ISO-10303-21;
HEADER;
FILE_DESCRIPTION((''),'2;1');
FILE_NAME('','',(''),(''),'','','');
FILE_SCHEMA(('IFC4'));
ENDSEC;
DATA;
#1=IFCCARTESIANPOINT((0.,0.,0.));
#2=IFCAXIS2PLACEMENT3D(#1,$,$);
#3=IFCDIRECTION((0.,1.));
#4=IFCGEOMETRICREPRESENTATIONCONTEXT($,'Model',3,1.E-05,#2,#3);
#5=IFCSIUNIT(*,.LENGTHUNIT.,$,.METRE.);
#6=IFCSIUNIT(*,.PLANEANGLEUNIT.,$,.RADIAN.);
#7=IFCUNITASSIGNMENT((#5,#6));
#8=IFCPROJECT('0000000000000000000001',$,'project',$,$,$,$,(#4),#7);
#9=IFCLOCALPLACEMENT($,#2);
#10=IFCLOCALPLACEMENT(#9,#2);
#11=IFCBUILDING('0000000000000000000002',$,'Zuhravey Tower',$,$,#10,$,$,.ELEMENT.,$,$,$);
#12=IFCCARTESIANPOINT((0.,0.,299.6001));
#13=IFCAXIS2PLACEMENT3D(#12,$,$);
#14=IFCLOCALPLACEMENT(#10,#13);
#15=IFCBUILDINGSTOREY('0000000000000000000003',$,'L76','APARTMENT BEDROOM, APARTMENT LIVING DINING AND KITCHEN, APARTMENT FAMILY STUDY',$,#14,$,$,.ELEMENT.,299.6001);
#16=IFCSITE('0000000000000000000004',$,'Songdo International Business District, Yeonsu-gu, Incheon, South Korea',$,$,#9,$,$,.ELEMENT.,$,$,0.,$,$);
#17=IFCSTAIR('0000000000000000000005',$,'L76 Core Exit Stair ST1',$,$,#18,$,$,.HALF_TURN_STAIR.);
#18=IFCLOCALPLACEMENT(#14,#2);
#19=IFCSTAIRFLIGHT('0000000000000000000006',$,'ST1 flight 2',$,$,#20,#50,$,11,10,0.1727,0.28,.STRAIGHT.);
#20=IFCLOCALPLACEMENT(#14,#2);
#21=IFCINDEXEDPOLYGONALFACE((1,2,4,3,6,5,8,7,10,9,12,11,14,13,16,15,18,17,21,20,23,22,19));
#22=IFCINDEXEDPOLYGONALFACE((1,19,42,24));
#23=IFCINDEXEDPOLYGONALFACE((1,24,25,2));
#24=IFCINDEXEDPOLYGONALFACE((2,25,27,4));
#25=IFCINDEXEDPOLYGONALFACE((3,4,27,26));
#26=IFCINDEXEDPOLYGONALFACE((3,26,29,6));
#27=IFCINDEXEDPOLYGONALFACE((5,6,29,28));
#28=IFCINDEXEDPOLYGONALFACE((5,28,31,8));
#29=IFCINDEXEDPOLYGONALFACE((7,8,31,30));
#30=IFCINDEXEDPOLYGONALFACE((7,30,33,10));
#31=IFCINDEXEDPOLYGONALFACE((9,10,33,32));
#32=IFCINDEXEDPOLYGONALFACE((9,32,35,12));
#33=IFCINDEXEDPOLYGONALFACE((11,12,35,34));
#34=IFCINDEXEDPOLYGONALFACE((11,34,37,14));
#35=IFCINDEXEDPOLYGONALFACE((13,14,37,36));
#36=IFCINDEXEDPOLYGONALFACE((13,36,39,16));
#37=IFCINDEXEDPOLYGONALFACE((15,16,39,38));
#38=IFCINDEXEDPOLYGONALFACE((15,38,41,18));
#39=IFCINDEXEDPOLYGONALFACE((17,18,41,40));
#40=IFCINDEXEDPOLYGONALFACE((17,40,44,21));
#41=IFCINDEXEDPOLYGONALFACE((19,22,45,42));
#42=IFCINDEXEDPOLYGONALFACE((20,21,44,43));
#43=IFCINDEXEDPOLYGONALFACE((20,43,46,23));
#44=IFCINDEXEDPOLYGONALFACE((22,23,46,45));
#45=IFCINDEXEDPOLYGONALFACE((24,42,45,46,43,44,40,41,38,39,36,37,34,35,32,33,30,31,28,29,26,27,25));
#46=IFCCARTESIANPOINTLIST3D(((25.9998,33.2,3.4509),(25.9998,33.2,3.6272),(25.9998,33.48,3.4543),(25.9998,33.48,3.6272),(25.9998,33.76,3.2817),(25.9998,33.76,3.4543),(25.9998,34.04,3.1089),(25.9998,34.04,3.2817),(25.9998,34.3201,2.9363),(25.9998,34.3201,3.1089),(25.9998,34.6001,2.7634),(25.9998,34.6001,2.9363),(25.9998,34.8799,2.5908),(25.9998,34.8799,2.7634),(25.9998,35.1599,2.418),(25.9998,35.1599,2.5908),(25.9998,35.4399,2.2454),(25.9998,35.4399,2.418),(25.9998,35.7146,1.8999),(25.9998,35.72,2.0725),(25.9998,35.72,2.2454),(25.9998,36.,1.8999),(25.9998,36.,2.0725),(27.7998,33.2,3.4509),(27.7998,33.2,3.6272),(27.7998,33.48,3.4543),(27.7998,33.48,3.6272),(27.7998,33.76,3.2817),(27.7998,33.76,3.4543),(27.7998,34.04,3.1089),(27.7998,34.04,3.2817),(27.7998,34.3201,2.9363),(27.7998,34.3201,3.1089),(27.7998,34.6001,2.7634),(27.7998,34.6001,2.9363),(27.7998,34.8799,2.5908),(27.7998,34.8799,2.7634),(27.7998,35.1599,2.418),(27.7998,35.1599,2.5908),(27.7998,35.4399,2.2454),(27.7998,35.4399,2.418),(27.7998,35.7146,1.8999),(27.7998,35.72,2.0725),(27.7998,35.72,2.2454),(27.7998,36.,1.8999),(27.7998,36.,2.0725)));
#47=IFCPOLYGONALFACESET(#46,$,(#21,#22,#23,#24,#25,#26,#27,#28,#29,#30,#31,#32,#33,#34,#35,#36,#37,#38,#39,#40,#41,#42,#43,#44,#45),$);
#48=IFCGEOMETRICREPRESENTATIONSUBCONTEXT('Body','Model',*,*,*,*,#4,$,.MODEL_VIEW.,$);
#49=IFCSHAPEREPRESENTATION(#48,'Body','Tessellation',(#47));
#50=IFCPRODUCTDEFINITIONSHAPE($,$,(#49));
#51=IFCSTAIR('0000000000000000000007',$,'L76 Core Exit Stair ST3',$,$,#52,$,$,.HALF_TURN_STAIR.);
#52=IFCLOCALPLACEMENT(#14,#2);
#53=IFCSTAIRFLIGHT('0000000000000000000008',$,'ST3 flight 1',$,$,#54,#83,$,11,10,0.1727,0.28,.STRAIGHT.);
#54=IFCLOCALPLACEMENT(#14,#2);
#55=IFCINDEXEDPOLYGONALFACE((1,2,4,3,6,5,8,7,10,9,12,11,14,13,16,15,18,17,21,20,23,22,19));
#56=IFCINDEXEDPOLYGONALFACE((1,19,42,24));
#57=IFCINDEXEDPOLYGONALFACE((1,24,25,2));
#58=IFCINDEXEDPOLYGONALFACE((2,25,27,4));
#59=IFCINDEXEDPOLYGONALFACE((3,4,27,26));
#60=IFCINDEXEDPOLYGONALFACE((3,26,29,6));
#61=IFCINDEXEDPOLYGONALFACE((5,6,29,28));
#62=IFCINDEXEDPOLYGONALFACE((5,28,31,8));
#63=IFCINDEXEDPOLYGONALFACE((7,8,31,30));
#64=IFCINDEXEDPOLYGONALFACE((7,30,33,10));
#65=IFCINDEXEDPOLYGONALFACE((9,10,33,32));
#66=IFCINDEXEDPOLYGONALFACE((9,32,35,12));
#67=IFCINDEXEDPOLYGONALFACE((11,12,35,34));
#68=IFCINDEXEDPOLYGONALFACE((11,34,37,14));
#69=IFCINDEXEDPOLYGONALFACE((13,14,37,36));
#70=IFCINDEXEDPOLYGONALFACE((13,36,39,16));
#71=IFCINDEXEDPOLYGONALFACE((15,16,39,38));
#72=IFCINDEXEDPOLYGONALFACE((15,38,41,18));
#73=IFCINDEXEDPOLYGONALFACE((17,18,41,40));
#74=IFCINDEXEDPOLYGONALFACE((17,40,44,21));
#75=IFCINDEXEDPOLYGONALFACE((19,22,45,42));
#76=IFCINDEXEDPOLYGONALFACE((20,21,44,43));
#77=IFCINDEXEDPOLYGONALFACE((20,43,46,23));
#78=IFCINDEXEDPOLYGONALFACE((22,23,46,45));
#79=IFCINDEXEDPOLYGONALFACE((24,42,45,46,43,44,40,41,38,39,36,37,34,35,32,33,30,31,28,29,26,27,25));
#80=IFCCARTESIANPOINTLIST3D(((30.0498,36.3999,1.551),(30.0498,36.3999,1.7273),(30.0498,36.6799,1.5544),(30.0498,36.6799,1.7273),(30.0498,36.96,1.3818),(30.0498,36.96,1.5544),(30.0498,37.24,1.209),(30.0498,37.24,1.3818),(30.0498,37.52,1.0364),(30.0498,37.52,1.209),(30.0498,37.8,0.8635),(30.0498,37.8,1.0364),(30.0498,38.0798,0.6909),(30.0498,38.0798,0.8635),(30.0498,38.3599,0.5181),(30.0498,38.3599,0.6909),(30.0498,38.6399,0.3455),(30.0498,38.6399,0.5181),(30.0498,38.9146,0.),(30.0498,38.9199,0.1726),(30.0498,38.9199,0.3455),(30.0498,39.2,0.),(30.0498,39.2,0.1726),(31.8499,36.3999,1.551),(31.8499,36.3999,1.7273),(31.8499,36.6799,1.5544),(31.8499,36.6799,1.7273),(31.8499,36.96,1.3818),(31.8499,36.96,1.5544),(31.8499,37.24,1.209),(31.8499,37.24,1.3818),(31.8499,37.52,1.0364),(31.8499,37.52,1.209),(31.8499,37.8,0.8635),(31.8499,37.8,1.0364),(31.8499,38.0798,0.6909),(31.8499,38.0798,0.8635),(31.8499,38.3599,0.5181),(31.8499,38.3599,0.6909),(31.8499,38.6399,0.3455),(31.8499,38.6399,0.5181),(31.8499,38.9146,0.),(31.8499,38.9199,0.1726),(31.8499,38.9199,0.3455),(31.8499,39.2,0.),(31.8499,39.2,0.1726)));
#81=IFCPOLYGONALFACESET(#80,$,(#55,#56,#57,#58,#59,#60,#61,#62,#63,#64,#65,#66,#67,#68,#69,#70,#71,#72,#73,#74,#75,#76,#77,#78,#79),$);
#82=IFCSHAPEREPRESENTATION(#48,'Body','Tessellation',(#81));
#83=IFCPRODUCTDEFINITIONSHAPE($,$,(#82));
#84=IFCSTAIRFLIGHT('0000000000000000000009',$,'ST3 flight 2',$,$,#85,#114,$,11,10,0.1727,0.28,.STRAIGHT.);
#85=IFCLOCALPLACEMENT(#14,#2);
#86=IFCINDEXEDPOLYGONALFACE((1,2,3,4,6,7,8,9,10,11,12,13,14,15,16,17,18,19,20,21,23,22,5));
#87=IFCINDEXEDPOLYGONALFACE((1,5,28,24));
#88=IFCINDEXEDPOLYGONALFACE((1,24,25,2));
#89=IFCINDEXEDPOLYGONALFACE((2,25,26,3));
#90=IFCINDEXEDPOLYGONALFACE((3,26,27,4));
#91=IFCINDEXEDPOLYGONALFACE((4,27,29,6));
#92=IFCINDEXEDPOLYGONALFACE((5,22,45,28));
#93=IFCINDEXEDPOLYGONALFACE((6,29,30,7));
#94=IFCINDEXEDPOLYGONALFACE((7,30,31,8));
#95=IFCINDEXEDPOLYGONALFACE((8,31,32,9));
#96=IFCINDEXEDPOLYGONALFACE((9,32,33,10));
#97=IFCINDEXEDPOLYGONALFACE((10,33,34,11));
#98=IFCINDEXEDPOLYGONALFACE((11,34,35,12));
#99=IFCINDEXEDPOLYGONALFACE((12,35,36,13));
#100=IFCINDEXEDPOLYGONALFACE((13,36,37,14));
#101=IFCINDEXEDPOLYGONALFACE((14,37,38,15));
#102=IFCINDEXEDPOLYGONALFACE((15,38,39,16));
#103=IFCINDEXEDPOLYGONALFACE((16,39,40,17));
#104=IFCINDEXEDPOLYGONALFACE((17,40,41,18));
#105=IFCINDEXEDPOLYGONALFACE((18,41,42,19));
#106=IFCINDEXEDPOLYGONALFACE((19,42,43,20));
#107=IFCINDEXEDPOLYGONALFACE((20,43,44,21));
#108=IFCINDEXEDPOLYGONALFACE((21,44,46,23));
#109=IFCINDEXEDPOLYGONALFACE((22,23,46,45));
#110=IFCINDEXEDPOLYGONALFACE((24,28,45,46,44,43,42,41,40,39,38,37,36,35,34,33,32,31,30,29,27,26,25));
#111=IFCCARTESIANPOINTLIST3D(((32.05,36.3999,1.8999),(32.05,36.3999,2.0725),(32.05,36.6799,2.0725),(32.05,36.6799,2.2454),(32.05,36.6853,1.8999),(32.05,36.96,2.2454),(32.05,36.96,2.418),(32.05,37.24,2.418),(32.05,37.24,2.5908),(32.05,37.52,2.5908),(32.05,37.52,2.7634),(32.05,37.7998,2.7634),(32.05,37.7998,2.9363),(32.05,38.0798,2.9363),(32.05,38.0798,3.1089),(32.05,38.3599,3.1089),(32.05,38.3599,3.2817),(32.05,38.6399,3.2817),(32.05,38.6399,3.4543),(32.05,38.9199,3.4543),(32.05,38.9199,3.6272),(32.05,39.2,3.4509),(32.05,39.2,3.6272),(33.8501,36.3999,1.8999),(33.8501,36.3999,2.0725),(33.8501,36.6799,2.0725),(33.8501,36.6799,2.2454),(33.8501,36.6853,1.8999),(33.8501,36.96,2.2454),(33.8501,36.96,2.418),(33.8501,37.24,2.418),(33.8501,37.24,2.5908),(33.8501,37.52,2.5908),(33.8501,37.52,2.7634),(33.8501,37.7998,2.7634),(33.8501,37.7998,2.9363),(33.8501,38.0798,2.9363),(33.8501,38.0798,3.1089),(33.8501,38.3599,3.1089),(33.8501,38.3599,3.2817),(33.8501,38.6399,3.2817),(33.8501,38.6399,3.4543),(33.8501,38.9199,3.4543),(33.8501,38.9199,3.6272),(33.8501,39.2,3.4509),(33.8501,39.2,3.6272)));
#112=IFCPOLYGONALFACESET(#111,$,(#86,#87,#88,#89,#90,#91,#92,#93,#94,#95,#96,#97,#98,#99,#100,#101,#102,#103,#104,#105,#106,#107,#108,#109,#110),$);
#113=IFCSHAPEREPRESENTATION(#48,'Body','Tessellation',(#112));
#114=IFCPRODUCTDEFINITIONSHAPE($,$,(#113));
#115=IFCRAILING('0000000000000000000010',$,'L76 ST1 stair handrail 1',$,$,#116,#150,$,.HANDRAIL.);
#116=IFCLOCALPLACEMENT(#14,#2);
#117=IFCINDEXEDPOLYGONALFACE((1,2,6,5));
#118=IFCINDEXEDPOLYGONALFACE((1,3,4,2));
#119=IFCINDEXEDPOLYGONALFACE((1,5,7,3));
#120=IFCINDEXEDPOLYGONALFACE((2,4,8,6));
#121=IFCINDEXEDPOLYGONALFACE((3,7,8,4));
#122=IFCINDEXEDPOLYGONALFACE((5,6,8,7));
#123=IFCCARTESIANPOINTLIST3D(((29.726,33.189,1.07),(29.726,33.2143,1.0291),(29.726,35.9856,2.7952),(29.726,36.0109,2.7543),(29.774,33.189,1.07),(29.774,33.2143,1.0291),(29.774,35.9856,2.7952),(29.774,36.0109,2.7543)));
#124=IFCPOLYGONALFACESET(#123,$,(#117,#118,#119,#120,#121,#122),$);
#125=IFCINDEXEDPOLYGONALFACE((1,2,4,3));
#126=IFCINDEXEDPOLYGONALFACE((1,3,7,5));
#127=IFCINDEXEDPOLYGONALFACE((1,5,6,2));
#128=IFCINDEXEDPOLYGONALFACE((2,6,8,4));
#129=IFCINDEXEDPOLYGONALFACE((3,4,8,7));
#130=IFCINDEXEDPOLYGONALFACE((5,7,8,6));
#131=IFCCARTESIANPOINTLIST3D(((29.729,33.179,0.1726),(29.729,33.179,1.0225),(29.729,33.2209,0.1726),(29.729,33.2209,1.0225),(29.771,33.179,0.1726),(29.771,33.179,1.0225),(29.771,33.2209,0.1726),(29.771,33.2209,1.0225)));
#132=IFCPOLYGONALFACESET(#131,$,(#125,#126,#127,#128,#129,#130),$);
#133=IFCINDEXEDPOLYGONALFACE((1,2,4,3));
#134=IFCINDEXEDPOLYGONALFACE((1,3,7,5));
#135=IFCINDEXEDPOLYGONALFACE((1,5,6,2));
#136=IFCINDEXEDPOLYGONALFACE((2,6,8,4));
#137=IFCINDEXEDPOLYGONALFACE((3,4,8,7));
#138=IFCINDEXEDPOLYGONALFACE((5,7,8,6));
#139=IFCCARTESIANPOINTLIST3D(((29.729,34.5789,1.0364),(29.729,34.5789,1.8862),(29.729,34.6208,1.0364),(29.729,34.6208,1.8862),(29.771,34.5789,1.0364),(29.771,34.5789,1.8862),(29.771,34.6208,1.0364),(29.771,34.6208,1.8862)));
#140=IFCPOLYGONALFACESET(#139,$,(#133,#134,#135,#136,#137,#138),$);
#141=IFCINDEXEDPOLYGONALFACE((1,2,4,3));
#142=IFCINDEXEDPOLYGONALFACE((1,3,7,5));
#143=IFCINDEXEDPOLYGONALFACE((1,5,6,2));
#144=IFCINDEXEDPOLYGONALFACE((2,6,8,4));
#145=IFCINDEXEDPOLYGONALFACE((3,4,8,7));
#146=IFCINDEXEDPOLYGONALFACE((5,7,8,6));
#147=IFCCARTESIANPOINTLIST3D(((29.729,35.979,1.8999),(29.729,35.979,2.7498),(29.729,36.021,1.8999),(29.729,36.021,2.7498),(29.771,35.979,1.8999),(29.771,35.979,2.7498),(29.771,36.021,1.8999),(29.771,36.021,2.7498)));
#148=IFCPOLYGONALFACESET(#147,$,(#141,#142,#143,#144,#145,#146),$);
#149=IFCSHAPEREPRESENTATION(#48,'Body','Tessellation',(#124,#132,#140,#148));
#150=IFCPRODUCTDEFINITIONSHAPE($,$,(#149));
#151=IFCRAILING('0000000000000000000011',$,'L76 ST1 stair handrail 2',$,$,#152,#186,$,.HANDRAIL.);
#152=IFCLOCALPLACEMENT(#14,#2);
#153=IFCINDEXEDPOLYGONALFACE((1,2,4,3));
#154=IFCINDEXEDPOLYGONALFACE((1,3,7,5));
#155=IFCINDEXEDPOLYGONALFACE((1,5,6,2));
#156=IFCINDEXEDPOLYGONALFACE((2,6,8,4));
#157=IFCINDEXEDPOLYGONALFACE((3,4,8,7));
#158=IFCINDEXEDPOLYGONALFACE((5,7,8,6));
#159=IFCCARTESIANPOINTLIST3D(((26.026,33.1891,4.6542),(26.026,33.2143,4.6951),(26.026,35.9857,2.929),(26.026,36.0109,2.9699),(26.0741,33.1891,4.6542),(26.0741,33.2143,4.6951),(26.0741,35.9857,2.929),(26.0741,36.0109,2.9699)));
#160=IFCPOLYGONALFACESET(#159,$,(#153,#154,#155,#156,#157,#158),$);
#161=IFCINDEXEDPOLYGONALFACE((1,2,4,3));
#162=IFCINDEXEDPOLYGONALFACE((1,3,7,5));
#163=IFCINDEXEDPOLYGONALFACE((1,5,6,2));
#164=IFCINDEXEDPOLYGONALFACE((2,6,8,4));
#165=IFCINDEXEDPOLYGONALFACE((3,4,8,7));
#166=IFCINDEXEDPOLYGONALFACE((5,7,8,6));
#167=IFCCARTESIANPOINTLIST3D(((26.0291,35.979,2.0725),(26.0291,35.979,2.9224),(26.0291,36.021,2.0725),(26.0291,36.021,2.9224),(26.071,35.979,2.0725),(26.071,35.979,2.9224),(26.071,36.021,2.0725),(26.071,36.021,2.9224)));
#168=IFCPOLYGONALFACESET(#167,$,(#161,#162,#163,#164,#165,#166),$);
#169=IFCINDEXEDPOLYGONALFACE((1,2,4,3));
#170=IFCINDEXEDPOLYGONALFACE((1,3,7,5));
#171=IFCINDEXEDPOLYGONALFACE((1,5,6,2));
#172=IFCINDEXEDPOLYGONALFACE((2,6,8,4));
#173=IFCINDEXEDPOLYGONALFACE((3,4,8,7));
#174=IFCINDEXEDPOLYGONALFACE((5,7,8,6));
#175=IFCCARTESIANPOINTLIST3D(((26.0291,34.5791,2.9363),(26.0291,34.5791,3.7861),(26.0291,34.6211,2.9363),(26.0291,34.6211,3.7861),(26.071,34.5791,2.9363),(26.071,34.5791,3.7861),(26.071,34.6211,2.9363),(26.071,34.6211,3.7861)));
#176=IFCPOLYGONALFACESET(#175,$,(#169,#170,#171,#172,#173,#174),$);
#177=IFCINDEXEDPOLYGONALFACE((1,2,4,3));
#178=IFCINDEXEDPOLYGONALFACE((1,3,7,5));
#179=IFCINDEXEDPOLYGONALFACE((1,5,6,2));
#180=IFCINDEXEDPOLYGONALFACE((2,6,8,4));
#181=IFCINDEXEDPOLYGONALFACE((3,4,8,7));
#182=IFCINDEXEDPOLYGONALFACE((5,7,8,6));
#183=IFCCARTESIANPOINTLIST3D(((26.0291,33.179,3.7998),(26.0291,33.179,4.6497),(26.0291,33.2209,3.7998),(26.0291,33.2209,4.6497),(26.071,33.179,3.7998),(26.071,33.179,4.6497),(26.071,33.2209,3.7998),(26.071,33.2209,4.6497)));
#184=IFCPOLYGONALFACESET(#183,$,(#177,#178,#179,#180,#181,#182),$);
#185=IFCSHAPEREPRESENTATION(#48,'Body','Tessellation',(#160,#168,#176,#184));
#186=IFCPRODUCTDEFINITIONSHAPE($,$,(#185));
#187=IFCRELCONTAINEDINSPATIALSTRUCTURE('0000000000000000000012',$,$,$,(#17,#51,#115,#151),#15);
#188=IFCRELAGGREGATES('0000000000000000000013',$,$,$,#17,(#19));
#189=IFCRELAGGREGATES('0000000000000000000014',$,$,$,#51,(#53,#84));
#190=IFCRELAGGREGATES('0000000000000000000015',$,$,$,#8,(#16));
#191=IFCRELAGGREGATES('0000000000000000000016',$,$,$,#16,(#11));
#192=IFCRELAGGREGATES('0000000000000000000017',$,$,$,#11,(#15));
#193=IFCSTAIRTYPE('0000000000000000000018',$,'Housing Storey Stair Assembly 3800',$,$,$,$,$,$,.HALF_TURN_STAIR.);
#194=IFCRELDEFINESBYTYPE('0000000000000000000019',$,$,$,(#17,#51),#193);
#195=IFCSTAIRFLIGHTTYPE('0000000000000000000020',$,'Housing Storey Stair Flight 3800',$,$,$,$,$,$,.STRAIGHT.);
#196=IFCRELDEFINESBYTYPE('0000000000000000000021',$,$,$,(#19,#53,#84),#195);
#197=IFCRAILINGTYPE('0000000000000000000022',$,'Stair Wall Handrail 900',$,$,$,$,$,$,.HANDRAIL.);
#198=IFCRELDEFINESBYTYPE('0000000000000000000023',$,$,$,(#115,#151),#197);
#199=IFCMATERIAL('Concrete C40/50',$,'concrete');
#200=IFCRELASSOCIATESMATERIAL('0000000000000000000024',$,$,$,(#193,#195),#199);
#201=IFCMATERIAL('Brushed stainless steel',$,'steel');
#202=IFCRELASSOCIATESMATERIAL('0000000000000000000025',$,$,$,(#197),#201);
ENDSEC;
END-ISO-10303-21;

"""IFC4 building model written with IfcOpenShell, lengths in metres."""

from ifc_helpers import new_model, si_unit, direction, frame, origin, origin_2d, place, context, subcontext, project, spatial, polyline, rectangle, outline, extrude, material, type_object, element, aggregate, save


model = new_model("IFC4")

# Units and contexts
model_context = context("Model", 3, precision=1e-05, world=origin(), true_north=direction((0.0, 1.0)))
body_context = subcontext(model_context, "Body", "Model", "MODEL_VIEW")
ifc_project = project(units=[si_unit("LENGTHUNIT", "METRE"), si_unit("PLANEANGLEUNIT", "RADIAN")], contexts=[model_context])

# Site, building, storey
site_placement = place(None, origin())
site = spatial("IfcSite", under=ifc_project, at=site_placement, Name="Songdo International Business District, Yeonsu-gu, Incheon, South Korea", CompositionType="ELEMENT", RefElevation=0.0)
building_placement = place(site_placement, origin())
building = spatial("IfcBuilding", under=site, at=building_placement, Name="Zuhravey Tower", CompositionType="ELEMENT")
storey_placement = place(building_placement, frame((0.0, 0.0, 299.6001)))
storey = spatial("IfcBuildingStorey", under=building, at=storey_placement, Name="L76", Description="APARTMENT BEDROOM, APARTMENT LIVING DINING AND KITCHEN, APARTMENT FAMILY STUDY", CompositionType="ELEMENT", Elevation=299.6001)

# Stairs, stair flights
ifc_material_1 = material(Name="Concrete C40/50", Category="concrete")
stair_type = type_object("IfcStairType", Name="Housing Storey Stair Assembly 3800", PredefinedType="HALF_TURN_STAIR", material=ifc_material_1)
stair_1_placement = place(storey_placement, origin())
stair_1 = element("IfcStair", 1, at=stair_1_placement, inside=storey, type_object=stair_type, Name="L76 Core Exit Stair ST1", PredefinedType="HALF_TURN_STAIR")
stair_flight_type = type_object("IfcStairFlightType", Name="Housing Storey Stair Flight 3800", PredefinedType="STRAIGHT", material=ifc_material_1)
stair_flight_1_placement = place(storey_placement, frame((26.8999, 36.0, 1.8999), z_axis=(0.0, 0.0, 1.0), x_axis=(0.0, -1.0, 0.0)))
stair_flight_1 = element("IfcStairFlight", 2, at=stair_flight_1_placement, type_object=stair_flight_type, Name="ST1 flight 2", NumberOfRisers=11, NumberOfTreads=10, PredefinedType="STRAIGHT", RiserHeight=0.1727, TreadLength=0.28, context=body_context, shape_type="SweptSolid", body=[
    extrude(outline(polyline([(0.0, 0.0), (0.0, 0.1726), (0.28, 0.1726), (0.28, 0.3455), (0.5601, 0.3455), (0.5601, 0.5181), (0.8401, 0.5181), (0.8401, 0.6909), (1.1201, 0.6909), (1.1201, 0.8635), (1.3999, 0.8635), (1.3999, 1.0364), (1.6799, 1.0364), (1.6799, 1.209), (1.96, 1.209), (1.96, 1.3818), (2.24, 1.3818), (2.24, 1.5544), (2.52, 1.5544), (2.52, 1.7273), (2.8, 1.7273), (2.8, 1.8999), (2.8, 1.551), (0.2854, 0.0), (0.0, 0.0)])), frame((0.0, 0.8999, 0.0), z_axis=(0.0, -1.0, 0.0), x_axis=(1.0, 0.0, 0.0)), (0.0, 0.0, 1.0), 1.8),
])
aggregate(stair_1, [stair_flight_1])
stair_2_placement = place(storey_placement, origin())
stair_2 = element("IfcStair", 3, at=stair_2_placement, inside=storey, type_object=stair_type, Name="L76 Core Exit Stair ST3", PredefinedType="HALF_TURN_STAIR")
stair_flight_2_placement = place(storey_placement, frame((30.95, 39.2, 0.0), z_axis=(0.0, 0.0, 1.0), x_axis=(0.0, -1.0, 0.0)))
stair_flight_2 = element("IfcStairFlight", 4, at=stair_flight_2_placement, type_object=stair_flight_type, Name="ST3 flight 1", NumberOfRisers=11, NumberOfTreads=10, PredefinedType="STRAIGHT", RiserHeight=0.1727, TreadLength=0.28, context=body_context, shape_type="SweptSolid", body=[
    extrude(outline(polyline([(0.0, 0.0), (0.0, 0.1726), (0.28, 0.1726), (0.28, 0.3455), (0.5601, 0.3455), (0.5601, 0.5181), (0.8401, 0.5181), (0.8401, 0.6909), (1.1201, 0.6909), (1.1201, 0.8635), (1.3999, 0.8635), (1.3999, 1.0364), (1.6799, 1.0364), (1.6799, 1.209), (1.96, 1.209), (1.96, 1.3818), (2.24, 1.3818), (2.24, 1.5544), (2.52, 1.5544), (2.52, 1.7273), (2.8, 1.7273), (2.8, 1.8999), (2.8, 1.551), (0.2854, 0.0), (0.0, 0.0)])), frame((0.0, 0.8999, 0.0), z_axis=(0.0, -1.0, 0.0), x_axis=(1.0, 0.0, 0.0)), (0.0, 0.0, 1.0), 1.8),
])
stair_flight_3_placement = place(storey_placement, frame((32.95, 36.3999, 1.8999), z_axis=(0.0, 0.0, 1.0), x_axis=(0.0, 1.0, 0.0)))
stair_flight_3 = element("IfcStairFlight", 5, at=stair_flight_3_placement, type_object=stair_flight_type, Name="ST3 flight 2", NumberOfRisers=11, NumberOfTreads=10, PredefinedType="STRAIGHT", RiserHeight=0.1727, TreadLength=0.28, context=body_context, shape_type="SweptSolid", body=[
    extrude(outline(polyline([(0.0, 0.0), (0.0, 0.1726), (0.28, 0.1726), (0.28, 0.3455), (0.5601, 0.3455), (0.5601, 0.5181), (0.8401, 0.5181), (0.8401, 0.6909), (1.1201, 0.6909), (1.1201, 0.8635), (1.3999, 0.8635), (1.3999, 1.0364), (1.6799, 1.0364), (1.6799, 1.209), (1.96, 1.209), (1.96, 1.3818), (2.24, 1.3818), (2.24, 1.5544), (2.52, 1.5544), (2.52, 1.7273), (2.8, 1.7273), (2.8, 1.8999), (2.8, 1.551), (0.2854, 0.0), (0.0, 0.0)])), frame((0.0, 0.8999, 0.0), z_axis=(0.0, -1.0, 0.0), x_axis=(1.0, 0.0, 0.0)), (0.0, 0.0, 1.0), 1.8),
])
aggregate(stair_2, [stair_flight_2, stair_flight_3])

# Railings
ifc_material_2 = material(Name="Brushed stainless steel", Category="steel")
railing_type_1 = type_object("IfcRailingType", Name="Stair Wall Handrail 900", PredefinedType="HANDRAIL", material=ifc_material_2)
railing_1_placement = place(storey_placement, frame((29.75, 33.2, 0.1726)))
element("IfcRailing", 6, at=railing_1_placement, inside=storey, type_object=railing_type_1, Name="L76 ST1 stair handrail 1", PredefinedType="HANDRAIL", context=body_context, shape_type="SweptSolid", body=[
    extrude(rectangle(XDim=0.0481, YDim=0.0481, at=origin_2d()), frame((0.0, 0.0017, 0.877), z_axis=(0.0, 0.85109, 0.52502), x_axis=(-1.0, 0.0, 0.0)), (0.0, 0.0, 1.0), 3.2859),
    extrude(rectangle(XDim=0.042, YDim=0.042, at=origin_2d()), origin(), (0.0, 0.0, 1.0), 0.8499),
    extrude(rectangle(XDim=0.042, YDim=0.042, at=origin_2d()), frame((0.0, 1.3999, 0.8638)), (0.0, 0.0, 1.0), 0.8499),
    extrude(rectangle(XDim=0.042, YDim=0.042, at=origin_2d()), frame((0.0, 2.8, 1.7273)), (0.0, 0.0, 1.0), 0.8499),
])
for number, where, name in (
    (7, (26.05, 36.0, 2.0725), "L76 ST1 stair handrail 2"),
):
    element("IfcRailing", number, at=place(storey_placement, frame(where)), inside=storey, type_object=railing_type_1, Name=name, PredefinedType="HANDRAIL", context=body_context, shape_type="SweptSolid", body=[
        extrude(rectangle(XDim=0.0481, YDim=0.0481, at=origin_2d()), frame((0.0, -0.0017, 0.877), z_axis=(0.0, -0.85109, 0.52502), x_axis=(1.0, 0.0, 0.0)), (0.0, 0.0, 1.0), 3.2859),
        extrude(rectangle(XDim=0.042, YDim=0.042, at=origin_2d()), origin(), (0.0, 0.0, 1.0), 0.8499),
        extrude(rectangle(XDim=0.042, YDim=0.042, at=origin_2d()), frame((0.0, -1.3999, 0.8638)), (0.0, 0.0, 1.0), 0.8499),
        extrude(rectangle(XDim=0.042, YDim=0.042, at=origin_2d()), frame((0.0, -2.8, 1.7273)), (0.0, 0.0, 1.0), 0.8499),
    ])

save(model, "model.ifc")
